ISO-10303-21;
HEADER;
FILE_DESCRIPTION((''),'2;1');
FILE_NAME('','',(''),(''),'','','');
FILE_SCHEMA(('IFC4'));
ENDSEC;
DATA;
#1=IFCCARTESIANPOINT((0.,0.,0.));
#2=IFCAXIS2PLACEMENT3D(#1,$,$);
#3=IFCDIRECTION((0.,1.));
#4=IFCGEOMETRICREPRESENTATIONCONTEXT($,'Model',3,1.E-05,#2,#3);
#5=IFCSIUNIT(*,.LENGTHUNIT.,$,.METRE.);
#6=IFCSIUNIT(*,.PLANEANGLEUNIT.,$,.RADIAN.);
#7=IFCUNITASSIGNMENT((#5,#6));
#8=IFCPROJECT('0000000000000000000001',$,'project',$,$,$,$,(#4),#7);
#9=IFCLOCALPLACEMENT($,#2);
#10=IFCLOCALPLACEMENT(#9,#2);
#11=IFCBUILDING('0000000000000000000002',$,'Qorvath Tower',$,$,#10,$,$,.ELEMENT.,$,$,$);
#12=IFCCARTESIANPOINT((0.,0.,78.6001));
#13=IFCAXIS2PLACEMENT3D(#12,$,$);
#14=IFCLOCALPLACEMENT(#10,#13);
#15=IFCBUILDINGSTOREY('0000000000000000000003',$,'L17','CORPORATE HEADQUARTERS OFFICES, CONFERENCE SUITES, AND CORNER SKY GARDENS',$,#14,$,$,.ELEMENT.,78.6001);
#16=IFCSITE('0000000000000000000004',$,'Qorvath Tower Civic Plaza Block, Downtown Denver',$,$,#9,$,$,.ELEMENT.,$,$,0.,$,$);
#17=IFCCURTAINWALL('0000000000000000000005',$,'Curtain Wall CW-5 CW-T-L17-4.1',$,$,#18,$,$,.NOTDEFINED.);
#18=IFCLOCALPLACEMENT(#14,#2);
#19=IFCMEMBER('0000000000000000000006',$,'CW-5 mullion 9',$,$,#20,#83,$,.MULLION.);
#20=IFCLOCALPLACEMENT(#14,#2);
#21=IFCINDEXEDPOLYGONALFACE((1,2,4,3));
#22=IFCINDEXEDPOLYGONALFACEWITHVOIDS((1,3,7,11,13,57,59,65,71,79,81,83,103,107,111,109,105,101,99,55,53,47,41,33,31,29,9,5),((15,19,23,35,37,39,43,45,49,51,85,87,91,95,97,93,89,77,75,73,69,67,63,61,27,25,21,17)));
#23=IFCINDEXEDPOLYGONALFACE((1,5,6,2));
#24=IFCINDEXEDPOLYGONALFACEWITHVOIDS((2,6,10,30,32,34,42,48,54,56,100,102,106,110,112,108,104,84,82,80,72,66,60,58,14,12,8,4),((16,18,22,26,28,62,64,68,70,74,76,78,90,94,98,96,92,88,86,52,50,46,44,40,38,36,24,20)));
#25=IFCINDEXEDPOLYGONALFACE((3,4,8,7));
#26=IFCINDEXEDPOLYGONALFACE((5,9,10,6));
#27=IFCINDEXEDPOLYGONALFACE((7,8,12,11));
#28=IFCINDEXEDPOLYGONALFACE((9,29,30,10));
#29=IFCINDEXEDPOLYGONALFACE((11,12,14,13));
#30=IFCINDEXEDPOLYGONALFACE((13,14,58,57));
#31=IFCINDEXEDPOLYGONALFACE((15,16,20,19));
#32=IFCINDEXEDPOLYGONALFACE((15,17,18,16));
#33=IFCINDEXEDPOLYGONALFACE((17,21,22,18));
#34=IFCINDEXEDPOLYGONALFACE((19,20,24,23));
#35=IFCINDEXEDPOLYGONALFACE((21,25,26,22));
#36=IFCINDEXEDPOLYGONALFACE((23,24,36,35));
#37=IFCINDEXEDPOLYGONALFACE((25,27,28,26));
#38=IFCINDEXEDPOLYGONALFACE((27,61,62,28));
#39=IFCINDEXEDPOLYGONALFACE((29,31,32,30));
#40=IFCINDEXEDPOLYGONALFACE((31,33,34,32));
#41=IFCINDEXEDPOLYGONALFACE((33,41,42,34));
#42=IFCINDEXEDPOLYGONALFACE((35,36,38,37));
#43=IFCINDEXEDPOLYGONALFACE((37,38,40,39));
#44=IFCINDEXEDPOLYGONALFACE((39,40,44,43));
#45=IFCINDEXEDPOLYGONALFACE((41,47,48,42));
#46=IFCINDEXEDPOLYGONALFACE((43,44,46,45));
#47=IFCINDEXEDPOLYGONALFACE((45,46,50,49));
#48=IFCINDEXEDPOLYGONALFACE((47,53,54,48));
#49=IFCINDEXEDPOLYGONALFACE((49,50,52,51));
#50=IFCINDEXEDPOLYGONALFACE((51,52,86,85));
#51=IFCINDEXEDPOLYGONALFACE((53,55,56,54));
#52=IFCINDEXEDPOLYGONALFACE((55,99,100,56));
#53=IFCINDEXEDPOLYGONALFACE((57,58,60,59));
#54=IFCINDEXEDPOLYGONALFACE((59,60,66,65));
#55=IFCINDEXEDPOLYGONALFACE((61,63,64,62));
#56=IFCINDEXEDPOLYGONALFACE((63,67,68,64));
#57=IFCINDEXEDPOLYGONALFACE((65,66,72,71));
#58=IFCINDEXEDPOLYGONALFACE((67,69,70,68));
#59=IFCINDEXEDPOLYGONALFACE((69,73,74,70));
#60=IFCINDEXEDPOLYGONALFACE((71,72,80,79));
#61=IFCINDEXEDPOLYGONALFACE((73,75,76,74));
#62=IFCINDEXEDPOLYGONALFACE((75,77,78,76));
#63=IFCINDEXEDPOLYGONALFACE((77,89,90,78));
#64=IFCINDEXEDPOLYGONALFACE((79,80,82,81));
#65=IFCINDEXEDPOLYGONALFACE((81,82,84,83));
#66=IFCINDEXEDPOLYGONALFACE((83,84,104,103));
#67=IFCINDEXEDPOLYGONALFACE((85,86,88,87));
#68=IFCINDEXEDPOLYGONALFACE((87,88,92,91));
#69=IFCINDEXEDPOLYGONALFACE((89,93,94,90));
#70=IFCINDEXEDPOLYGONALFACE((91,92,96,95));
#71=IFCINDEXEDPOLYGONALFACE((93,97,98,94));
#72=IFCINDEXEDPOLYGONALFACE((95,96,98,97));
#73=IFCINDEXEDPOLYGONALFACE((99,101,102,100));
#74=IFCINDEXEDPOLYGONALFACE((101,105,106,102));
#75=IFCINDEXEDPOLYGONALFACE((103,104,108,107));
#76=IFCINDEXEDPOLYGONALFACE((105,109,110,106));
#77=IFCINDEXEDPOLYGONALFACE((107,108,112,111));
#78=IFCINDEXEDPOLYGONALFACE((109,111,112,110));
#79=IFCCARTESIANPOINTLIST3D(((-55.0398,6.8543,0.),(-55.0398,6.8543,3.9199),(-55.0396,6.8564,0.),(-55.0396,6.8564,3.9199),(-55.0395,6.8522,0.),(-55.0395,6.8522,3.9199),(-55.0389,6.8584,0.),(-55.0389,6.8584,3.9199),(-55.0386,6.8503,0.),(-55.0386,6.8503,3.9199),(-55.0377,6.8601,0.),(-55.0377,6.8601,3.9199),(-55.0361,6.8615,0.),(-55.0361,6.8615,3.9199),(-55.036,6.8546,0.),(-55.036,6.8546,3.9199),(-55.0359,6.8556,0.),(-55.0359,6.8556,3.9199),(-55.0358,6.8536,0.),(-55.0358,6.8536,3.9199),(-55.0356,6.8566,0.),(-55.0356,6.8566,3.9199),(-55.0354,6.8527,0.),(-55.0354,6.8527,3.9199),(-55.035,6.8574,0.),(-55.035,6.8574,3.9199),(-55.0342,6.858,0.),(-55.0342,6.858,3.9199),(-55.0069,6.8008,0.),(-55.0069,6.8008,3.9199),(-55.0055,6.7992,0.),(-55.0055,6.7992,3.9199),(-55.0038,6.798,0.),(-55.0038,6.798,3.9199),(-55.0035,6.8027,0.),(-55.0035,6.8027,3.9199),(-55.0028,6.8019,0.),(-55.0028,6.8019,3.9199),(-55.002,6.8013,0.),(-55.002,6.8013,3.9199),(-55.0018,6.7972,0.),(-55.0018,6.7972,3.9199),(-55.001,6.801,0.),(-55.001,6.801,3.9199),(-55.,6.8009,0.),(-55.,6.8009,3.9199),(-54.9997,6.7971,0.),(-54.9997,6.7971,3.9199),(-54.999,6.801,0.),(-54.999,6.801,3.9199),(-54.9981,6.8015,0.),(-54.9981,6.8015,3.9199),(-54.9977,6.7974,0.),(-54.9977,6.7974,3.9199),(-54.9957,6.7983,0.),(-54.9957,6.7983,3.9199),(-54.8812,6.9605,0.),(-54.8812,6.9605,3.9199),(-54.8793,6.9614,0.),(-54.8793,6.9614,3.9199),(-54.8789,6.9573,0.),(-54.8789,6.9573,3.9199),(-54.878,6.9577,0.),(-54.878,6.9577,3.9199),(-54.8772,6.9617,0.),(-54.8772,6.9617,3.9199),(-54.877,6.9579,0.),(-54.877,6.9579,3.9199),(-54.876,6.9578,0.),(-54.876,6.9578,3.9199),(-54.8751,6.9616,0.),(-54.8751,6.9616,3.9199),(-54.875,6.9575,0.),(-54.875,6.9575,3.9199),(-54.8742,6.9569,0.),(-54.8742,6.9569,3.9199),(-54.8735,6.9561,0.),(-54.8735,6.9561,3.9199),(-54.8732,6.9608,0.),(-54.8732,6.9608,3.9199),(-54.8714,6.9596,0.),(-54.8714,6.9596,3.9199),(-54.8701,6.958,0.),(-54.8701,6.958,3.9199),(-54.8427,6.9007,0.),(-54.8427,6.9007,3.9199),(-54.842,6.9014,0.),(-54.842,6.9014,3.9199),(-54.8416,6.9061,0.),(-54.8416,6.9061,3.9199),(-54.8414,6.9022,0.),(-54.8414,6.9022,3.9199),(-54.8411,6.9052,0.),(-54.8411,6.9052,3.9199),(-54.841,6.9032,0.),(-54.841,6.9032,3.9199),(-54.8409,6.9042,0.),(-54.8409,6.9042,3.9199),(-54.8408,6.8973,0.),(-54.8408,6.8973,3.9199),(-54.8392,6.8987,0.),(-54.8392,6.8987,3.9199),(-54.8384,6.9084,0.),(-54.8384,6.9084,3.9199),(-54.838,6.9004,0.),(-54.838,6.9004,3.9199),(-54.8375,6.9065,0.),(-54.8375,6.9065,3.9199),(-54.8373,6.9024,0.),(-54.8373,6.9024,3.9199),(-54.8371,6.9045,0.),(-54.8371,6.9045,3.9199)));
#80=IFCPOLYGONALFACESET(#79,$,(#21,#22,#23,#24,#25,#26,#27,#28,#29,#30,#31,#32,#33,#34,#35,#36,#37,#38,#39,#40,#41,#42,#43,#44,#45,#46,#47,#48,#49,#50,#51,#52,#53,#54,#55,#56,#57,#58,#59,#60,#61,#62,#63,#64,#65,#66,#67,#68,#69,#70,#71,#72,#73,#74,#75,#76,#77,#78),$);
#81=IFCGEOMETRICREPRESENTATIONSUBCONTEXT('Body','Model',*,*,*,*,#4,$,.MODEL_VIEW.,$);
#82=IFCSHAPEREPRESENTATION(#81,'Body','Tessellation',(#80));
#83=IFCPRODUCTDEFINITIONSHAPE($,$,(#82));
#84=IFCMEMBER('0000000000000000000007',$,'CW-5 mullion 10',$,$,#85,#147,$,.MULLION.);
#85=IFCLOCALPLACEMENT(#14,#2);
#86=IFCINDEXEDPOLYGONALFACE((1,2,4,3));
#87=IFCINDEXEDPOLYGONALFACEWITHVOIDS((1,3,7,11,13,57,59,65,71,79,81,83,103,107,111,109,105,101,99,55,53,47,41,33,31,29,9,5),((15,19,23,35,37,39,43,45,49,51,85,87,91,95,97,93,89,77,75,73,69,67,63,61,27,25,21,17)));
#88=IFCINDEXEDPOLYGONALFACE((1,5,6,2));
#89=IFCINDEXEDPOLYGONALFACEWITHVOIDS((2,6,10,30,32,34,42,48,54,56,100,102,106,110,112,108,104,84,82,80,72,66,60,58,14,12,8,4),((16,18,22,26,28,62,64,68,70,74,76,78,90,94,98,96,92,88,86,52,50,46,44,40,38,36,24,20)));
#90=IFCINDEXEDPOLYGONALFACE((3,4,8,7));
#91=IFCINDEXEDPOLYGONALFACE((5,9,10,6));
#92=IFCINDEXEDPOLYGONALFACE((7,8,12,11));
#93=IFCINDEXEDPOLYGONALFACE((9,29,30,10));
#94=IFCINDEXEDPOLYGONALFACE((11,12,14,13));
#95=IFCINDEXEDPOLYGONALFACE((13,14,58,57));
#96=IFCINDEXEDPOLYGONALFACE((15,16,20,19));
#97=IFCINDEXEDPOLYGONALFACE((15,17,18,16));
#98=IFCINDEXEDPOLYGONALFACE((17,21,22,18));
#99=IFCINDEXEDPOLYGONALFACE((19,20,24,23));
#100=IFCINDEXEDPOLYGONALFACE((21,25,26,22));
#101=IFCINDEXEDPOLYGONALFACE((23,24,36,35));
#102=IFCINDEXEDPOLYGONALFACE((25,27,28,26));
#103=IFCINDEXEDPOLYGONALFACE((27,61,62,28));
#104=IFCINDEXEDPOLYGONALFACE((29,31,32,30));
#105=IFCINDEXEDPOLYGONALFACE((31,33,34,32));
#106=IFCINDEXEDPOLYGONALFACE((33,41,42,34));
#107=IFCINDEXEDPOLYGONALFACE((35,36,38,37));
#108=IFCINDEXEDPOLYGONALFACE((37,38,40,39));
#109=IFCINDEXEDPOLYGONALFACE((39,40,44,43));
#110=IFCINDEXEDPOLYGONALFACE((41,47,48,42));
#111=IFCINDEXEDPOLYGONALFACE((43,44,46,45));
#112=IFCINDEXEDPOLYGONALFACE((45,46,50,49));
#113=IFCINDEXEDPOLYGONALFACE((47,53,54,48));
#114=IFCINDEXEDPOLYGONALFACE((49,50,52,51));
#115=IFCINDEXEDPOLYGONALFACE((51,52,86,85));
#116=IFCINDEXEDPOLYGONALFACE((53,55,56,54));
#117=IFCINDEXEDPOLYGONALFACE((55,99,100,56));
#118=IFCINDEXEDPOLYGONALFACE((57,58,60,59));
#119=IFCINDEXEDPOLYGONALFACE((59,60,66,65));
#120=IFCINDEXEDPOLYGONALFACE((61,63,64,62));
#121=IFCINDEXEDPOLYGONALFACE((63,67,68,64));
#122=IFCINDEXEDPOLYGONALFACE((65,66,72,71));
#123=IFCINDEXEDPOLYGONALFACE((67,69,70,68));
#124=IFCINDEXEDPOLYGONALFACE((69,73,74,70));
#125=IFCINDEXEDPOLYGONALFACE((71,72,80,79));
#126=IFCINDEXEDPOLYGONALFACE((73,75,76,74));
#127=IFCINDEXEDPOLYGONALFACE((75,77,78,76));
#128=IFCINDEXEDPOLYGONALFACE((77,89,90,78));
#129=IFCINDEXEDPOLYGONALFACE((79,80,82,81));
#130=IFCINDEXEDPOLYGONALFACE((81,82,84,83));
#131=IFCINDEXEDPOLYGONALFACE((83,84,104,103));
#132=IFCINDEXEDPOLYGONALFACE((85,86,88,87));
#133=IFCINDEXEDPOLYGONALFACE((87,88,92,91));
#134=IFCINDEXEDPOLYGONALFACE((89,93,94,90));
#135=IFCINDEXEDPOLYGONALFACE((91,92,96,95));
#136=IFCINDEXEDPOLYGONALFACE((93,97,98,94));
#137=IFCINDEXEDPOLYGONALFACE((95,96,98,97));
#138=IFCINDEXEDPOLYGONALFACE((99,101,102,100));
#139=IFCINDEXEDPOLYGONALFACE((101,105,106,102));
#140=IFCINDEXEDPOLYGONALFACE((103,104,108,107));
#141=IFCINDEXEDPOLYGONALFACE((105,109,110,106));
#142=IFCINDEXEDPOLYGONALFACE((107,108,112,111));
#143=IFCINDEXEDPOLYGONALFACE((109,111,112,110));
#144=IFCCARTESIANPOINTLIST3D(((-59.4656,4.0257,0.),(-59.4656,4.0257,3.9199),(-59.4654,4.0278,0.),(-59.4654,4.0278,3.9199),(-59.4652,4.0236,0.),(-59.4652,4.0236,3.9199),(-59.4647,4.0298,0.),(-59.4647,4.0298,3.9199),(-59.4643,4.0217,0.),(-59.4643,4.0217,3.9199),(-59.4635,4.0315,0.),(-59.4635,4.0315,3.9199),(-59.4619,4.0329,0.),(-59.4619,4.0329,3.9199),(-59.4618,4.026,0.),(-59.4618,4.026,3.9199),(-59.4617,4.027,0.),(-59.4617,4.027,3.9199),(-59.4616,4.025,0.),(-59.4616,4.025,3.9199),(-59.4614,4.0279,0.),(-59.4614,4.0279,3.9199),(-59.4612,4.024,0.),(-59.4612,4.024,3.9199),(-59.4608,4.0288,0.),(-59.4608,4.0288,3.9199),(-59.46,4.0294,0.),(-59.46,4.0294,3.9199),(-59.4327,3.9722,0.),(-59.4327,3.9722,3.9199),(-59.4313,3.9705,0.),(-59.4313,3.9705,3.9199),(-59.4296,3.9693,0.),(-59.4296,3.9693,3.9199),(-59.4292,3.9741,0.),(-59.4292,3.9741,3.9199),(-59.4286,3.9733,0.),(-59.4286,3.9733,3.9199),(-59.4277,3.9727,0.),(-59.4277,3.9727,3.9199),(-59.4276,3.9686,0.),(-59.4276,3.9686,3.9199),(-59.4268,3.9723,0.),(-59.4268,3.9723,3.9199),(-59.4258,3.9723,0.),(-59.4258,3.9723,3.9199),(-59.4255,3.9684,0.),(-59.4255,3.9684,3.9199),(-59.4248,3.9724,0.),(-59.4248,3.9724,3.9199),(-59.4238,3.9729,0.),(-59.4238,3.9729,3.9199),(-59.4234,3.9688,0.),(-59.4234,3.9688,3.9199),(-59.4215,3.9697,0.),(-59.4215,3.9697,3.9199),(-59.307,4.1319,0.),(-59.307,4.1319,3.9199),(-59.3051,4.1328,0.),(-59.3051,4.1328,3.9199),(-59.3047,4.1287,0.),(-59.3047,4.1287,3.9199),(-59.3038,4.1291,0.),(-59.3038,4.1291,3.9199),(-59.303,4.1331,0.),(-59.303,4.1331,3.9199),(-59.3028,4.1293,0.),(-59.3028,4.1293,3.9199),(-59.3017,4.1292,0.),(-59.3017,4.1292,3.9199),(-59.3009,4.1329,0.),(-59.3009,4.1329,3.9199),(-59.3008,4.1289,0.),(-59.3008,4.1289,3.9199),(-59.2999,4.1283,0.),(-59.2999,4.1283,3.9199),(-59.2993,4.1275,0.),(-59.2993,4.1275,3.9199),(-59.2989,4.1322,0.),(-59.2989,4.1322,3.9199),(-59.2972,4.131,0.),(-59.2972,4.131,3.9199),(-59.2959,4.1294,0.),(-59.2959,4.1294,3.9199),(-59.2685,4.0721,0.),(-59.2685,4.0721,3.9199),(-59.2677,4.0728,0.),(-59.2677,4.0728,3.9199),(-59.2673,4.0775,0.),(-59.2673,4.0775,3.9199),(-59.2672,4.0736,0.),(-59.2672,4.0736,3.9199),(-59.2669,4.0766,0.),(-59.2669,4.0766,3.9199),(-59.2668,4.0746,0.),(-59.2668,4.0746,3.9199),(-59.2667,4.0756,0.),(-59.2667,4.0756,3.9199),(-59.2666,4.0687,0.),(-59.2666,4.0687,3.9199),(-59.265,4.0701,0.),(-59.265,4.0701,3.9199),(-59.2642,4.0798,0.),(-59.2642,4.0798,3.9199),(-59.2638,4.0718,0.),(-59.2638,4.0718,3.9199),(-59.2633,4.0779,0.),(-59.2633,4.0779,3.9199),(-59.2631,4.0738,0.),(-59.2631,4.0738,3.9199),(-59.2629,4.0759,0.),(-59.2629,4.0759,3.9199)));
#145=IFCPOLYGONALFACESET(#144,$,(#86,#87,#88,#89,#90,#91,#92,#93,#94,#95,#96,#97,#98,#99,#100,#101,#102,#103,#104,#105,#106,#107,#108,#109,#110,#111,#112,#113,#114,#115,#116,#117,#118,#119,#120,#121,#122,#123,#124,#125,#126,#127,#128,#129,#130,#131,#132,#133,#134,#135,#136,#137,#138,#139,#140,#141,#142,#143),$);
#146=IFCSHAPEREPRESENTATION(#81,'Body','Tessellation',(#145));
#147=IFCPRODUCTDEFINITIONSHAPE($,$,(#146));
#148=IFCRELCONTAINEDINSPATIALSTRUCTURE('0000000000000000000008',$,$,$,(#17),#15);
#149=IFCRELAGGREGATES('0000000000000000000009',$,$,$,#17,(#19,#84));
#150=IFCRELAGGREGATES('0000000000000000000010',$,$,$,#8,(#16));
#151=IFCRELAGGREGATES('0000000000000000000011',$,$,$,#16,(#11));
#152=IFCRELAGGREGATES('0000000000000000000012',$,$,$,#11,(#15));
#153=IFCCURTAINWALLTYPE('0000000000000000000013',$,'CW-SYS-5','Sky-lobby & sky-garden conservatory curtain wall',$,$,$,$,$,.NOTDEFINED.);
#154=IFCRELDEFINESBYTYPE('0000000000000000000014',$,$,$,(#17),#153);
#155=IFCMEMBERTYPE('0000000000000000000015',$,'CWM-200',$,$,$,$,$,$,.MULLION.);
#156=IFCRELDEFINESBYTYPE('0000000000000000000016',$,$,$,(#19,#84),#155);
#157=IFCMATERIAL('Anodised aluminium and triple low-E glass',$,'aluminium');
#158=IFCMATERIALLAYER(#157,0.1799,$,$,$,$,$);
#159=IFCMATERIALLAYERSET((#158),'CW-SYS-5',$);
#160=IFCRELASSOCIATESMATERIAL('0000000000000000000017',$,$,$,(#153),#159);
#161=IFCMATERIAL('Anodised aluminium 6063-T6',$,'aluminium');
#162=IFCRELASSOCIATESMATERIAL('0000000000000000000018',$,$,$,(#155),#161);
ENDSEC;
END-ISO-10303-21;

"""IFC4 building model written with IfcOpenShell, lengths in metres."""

from ifc_helpers import new_model, si_unit, direction, frame, origin, origin_2d, place, context, subcontext, project, spatial, hollow_rectangle, extrude, material, layer, layer_set, material_profile, profile_set, type_object, element, aggregate, save


model = new_model("IFC4")

# Units and contexts
model_context = context("Model", 3, precision=1e-05, world=origin(), true_north=direction((0.0, 1.0)))
body_context = subcontext(model_context, "Body", "Model", "MODEL_VIEW")
ifc_project = project(units=[si_unit("LENGTHUNIT", "METRE"), si_unit("PLANEANGLEUNIT", "RADIAN")], contexts=[model_context])

# Site, building, storey
site_placement = place(None, origin())
site = spatial("IfcSite", under=ifc_project, at=site_placement, Name="Qorvath Tower Civic Plaza Block, Downtown Denver", CompositionType="ELEMENT", RefElevation=0.0)
building_placement = place(site_placement, origin())
building = spatial("IfcBuilding", under=site, at=building_placement, Name="Qorvath Tower", CompositionType="ELEMENT")
storey_placement = place(building_placement, frame((0.0, 0.0, 78.6001)))
storey = spatial("IfcBuildingStorey", under=building, at=storey_placement, Name="L17", Description="CORPORATE HEADQUARTERS OFFICES, CONFERENCE SUITES, AND CORNER SKY GARDENS", CompositionType="ELEMENT", Elevation=78.6001)

# Curtain wall, members
ifc_material_1 = material(Name="Anodised aluminium and triple low-E glass", Category="aluminium")
ifc_layer_1 = layer(ifc_material_1, 0.1799)
ifc_layer_set_1 = layer_set([ifc_layer_1], Name="CW-SYS-5")
curtain_wall_type = type_object("IfcCurtainWallType", Name="CW-SYS-5", Description="Sky-lobby & sky-garden conservatory curtain wall", PredefinedType="NOTDEFINED", material=ifc_layer_set_1)
curtain_wall_1_placement = place(storey_placement, origin())
curtain_wall_1 = element("IfcCurtainWall", 1, at=curtain_wall_1_placement, inside=storey, type_object=curtain_wall_type, Name="Curtain Wall CW-5 CW-T-L17-4.1", PredefinedType="NOTDEFINED")
ifc_material_2 = material(Name="Anodised aluminium 6063-T6", Category="aluminium")
ifc_material_profile_1 = material_profile(ifc_material_2, hollow_rectangle(XDim=0.075, YDim=0.2, WallThickness=0.0039, InnerFilletRadius=0.0039, OuterFilletRadius=0.0081, at=origin_2d()), Name="CWM 200x75")
ifc_profile_set_1 = profile_set([ifc_material_profile_1], Name="Anodised aluminium 6063-T6")
member_type_1 = type_object("IfcMemberType", Name="CWM-200", PredefinedType="MULLION", material=ifc_profile_set_1)
member_1_placement = place(storey_placement, frame((-54.9385, 6.8794, 0.0), z_axis=(0.0, 0.0, 1.0), x_axis=(0.538533, -0.842604, 0.0)))
member_1 = element("IfcMember", 2, at=member_1_placement, type_object=member_type_1, Name="CW-5 mullion 9", PredefinedType="MULLION", context=body_context, shape_type="SweptSolid", body=[
    extrude(hollow_rectangle(XDim=0.075, YDim=0.2, WallThickness=0.0039, InnerFilletRadius=0.0039, OuterFilletRadius=0.0081, at=origin_2d()), origin(), (0.0, 0.0, 1.0), 3.9199),
])
member_2_placement = place(storey_placement, frame((-59.3643, 4.0508, 0.0), z_axis=(0.0, 0.0, 1.0), x_axis=(0.538533, -0.842604, 0.0)))
member_2 = element("IfcMember", 3, at=member_2_placement, type_object=member_type_1, Name="CW-5 mullion 10", PredefinedType="MULLION", context=body_context, shape_type="SweptSolid", body=[
    extrude(hollow_rectangle(XDim=0.075, YDim=0.2, WallThickness=0.0039, InnerFilletRadius=0.0039, OuterFilletRadius=0.0081, at=origin_2d()), origin(), (0.0, 0.0, 1.0), 3.9199),
])

aggregate(curtain_wall_1, [member_1, member_2])

save(model, "model.ifc")
